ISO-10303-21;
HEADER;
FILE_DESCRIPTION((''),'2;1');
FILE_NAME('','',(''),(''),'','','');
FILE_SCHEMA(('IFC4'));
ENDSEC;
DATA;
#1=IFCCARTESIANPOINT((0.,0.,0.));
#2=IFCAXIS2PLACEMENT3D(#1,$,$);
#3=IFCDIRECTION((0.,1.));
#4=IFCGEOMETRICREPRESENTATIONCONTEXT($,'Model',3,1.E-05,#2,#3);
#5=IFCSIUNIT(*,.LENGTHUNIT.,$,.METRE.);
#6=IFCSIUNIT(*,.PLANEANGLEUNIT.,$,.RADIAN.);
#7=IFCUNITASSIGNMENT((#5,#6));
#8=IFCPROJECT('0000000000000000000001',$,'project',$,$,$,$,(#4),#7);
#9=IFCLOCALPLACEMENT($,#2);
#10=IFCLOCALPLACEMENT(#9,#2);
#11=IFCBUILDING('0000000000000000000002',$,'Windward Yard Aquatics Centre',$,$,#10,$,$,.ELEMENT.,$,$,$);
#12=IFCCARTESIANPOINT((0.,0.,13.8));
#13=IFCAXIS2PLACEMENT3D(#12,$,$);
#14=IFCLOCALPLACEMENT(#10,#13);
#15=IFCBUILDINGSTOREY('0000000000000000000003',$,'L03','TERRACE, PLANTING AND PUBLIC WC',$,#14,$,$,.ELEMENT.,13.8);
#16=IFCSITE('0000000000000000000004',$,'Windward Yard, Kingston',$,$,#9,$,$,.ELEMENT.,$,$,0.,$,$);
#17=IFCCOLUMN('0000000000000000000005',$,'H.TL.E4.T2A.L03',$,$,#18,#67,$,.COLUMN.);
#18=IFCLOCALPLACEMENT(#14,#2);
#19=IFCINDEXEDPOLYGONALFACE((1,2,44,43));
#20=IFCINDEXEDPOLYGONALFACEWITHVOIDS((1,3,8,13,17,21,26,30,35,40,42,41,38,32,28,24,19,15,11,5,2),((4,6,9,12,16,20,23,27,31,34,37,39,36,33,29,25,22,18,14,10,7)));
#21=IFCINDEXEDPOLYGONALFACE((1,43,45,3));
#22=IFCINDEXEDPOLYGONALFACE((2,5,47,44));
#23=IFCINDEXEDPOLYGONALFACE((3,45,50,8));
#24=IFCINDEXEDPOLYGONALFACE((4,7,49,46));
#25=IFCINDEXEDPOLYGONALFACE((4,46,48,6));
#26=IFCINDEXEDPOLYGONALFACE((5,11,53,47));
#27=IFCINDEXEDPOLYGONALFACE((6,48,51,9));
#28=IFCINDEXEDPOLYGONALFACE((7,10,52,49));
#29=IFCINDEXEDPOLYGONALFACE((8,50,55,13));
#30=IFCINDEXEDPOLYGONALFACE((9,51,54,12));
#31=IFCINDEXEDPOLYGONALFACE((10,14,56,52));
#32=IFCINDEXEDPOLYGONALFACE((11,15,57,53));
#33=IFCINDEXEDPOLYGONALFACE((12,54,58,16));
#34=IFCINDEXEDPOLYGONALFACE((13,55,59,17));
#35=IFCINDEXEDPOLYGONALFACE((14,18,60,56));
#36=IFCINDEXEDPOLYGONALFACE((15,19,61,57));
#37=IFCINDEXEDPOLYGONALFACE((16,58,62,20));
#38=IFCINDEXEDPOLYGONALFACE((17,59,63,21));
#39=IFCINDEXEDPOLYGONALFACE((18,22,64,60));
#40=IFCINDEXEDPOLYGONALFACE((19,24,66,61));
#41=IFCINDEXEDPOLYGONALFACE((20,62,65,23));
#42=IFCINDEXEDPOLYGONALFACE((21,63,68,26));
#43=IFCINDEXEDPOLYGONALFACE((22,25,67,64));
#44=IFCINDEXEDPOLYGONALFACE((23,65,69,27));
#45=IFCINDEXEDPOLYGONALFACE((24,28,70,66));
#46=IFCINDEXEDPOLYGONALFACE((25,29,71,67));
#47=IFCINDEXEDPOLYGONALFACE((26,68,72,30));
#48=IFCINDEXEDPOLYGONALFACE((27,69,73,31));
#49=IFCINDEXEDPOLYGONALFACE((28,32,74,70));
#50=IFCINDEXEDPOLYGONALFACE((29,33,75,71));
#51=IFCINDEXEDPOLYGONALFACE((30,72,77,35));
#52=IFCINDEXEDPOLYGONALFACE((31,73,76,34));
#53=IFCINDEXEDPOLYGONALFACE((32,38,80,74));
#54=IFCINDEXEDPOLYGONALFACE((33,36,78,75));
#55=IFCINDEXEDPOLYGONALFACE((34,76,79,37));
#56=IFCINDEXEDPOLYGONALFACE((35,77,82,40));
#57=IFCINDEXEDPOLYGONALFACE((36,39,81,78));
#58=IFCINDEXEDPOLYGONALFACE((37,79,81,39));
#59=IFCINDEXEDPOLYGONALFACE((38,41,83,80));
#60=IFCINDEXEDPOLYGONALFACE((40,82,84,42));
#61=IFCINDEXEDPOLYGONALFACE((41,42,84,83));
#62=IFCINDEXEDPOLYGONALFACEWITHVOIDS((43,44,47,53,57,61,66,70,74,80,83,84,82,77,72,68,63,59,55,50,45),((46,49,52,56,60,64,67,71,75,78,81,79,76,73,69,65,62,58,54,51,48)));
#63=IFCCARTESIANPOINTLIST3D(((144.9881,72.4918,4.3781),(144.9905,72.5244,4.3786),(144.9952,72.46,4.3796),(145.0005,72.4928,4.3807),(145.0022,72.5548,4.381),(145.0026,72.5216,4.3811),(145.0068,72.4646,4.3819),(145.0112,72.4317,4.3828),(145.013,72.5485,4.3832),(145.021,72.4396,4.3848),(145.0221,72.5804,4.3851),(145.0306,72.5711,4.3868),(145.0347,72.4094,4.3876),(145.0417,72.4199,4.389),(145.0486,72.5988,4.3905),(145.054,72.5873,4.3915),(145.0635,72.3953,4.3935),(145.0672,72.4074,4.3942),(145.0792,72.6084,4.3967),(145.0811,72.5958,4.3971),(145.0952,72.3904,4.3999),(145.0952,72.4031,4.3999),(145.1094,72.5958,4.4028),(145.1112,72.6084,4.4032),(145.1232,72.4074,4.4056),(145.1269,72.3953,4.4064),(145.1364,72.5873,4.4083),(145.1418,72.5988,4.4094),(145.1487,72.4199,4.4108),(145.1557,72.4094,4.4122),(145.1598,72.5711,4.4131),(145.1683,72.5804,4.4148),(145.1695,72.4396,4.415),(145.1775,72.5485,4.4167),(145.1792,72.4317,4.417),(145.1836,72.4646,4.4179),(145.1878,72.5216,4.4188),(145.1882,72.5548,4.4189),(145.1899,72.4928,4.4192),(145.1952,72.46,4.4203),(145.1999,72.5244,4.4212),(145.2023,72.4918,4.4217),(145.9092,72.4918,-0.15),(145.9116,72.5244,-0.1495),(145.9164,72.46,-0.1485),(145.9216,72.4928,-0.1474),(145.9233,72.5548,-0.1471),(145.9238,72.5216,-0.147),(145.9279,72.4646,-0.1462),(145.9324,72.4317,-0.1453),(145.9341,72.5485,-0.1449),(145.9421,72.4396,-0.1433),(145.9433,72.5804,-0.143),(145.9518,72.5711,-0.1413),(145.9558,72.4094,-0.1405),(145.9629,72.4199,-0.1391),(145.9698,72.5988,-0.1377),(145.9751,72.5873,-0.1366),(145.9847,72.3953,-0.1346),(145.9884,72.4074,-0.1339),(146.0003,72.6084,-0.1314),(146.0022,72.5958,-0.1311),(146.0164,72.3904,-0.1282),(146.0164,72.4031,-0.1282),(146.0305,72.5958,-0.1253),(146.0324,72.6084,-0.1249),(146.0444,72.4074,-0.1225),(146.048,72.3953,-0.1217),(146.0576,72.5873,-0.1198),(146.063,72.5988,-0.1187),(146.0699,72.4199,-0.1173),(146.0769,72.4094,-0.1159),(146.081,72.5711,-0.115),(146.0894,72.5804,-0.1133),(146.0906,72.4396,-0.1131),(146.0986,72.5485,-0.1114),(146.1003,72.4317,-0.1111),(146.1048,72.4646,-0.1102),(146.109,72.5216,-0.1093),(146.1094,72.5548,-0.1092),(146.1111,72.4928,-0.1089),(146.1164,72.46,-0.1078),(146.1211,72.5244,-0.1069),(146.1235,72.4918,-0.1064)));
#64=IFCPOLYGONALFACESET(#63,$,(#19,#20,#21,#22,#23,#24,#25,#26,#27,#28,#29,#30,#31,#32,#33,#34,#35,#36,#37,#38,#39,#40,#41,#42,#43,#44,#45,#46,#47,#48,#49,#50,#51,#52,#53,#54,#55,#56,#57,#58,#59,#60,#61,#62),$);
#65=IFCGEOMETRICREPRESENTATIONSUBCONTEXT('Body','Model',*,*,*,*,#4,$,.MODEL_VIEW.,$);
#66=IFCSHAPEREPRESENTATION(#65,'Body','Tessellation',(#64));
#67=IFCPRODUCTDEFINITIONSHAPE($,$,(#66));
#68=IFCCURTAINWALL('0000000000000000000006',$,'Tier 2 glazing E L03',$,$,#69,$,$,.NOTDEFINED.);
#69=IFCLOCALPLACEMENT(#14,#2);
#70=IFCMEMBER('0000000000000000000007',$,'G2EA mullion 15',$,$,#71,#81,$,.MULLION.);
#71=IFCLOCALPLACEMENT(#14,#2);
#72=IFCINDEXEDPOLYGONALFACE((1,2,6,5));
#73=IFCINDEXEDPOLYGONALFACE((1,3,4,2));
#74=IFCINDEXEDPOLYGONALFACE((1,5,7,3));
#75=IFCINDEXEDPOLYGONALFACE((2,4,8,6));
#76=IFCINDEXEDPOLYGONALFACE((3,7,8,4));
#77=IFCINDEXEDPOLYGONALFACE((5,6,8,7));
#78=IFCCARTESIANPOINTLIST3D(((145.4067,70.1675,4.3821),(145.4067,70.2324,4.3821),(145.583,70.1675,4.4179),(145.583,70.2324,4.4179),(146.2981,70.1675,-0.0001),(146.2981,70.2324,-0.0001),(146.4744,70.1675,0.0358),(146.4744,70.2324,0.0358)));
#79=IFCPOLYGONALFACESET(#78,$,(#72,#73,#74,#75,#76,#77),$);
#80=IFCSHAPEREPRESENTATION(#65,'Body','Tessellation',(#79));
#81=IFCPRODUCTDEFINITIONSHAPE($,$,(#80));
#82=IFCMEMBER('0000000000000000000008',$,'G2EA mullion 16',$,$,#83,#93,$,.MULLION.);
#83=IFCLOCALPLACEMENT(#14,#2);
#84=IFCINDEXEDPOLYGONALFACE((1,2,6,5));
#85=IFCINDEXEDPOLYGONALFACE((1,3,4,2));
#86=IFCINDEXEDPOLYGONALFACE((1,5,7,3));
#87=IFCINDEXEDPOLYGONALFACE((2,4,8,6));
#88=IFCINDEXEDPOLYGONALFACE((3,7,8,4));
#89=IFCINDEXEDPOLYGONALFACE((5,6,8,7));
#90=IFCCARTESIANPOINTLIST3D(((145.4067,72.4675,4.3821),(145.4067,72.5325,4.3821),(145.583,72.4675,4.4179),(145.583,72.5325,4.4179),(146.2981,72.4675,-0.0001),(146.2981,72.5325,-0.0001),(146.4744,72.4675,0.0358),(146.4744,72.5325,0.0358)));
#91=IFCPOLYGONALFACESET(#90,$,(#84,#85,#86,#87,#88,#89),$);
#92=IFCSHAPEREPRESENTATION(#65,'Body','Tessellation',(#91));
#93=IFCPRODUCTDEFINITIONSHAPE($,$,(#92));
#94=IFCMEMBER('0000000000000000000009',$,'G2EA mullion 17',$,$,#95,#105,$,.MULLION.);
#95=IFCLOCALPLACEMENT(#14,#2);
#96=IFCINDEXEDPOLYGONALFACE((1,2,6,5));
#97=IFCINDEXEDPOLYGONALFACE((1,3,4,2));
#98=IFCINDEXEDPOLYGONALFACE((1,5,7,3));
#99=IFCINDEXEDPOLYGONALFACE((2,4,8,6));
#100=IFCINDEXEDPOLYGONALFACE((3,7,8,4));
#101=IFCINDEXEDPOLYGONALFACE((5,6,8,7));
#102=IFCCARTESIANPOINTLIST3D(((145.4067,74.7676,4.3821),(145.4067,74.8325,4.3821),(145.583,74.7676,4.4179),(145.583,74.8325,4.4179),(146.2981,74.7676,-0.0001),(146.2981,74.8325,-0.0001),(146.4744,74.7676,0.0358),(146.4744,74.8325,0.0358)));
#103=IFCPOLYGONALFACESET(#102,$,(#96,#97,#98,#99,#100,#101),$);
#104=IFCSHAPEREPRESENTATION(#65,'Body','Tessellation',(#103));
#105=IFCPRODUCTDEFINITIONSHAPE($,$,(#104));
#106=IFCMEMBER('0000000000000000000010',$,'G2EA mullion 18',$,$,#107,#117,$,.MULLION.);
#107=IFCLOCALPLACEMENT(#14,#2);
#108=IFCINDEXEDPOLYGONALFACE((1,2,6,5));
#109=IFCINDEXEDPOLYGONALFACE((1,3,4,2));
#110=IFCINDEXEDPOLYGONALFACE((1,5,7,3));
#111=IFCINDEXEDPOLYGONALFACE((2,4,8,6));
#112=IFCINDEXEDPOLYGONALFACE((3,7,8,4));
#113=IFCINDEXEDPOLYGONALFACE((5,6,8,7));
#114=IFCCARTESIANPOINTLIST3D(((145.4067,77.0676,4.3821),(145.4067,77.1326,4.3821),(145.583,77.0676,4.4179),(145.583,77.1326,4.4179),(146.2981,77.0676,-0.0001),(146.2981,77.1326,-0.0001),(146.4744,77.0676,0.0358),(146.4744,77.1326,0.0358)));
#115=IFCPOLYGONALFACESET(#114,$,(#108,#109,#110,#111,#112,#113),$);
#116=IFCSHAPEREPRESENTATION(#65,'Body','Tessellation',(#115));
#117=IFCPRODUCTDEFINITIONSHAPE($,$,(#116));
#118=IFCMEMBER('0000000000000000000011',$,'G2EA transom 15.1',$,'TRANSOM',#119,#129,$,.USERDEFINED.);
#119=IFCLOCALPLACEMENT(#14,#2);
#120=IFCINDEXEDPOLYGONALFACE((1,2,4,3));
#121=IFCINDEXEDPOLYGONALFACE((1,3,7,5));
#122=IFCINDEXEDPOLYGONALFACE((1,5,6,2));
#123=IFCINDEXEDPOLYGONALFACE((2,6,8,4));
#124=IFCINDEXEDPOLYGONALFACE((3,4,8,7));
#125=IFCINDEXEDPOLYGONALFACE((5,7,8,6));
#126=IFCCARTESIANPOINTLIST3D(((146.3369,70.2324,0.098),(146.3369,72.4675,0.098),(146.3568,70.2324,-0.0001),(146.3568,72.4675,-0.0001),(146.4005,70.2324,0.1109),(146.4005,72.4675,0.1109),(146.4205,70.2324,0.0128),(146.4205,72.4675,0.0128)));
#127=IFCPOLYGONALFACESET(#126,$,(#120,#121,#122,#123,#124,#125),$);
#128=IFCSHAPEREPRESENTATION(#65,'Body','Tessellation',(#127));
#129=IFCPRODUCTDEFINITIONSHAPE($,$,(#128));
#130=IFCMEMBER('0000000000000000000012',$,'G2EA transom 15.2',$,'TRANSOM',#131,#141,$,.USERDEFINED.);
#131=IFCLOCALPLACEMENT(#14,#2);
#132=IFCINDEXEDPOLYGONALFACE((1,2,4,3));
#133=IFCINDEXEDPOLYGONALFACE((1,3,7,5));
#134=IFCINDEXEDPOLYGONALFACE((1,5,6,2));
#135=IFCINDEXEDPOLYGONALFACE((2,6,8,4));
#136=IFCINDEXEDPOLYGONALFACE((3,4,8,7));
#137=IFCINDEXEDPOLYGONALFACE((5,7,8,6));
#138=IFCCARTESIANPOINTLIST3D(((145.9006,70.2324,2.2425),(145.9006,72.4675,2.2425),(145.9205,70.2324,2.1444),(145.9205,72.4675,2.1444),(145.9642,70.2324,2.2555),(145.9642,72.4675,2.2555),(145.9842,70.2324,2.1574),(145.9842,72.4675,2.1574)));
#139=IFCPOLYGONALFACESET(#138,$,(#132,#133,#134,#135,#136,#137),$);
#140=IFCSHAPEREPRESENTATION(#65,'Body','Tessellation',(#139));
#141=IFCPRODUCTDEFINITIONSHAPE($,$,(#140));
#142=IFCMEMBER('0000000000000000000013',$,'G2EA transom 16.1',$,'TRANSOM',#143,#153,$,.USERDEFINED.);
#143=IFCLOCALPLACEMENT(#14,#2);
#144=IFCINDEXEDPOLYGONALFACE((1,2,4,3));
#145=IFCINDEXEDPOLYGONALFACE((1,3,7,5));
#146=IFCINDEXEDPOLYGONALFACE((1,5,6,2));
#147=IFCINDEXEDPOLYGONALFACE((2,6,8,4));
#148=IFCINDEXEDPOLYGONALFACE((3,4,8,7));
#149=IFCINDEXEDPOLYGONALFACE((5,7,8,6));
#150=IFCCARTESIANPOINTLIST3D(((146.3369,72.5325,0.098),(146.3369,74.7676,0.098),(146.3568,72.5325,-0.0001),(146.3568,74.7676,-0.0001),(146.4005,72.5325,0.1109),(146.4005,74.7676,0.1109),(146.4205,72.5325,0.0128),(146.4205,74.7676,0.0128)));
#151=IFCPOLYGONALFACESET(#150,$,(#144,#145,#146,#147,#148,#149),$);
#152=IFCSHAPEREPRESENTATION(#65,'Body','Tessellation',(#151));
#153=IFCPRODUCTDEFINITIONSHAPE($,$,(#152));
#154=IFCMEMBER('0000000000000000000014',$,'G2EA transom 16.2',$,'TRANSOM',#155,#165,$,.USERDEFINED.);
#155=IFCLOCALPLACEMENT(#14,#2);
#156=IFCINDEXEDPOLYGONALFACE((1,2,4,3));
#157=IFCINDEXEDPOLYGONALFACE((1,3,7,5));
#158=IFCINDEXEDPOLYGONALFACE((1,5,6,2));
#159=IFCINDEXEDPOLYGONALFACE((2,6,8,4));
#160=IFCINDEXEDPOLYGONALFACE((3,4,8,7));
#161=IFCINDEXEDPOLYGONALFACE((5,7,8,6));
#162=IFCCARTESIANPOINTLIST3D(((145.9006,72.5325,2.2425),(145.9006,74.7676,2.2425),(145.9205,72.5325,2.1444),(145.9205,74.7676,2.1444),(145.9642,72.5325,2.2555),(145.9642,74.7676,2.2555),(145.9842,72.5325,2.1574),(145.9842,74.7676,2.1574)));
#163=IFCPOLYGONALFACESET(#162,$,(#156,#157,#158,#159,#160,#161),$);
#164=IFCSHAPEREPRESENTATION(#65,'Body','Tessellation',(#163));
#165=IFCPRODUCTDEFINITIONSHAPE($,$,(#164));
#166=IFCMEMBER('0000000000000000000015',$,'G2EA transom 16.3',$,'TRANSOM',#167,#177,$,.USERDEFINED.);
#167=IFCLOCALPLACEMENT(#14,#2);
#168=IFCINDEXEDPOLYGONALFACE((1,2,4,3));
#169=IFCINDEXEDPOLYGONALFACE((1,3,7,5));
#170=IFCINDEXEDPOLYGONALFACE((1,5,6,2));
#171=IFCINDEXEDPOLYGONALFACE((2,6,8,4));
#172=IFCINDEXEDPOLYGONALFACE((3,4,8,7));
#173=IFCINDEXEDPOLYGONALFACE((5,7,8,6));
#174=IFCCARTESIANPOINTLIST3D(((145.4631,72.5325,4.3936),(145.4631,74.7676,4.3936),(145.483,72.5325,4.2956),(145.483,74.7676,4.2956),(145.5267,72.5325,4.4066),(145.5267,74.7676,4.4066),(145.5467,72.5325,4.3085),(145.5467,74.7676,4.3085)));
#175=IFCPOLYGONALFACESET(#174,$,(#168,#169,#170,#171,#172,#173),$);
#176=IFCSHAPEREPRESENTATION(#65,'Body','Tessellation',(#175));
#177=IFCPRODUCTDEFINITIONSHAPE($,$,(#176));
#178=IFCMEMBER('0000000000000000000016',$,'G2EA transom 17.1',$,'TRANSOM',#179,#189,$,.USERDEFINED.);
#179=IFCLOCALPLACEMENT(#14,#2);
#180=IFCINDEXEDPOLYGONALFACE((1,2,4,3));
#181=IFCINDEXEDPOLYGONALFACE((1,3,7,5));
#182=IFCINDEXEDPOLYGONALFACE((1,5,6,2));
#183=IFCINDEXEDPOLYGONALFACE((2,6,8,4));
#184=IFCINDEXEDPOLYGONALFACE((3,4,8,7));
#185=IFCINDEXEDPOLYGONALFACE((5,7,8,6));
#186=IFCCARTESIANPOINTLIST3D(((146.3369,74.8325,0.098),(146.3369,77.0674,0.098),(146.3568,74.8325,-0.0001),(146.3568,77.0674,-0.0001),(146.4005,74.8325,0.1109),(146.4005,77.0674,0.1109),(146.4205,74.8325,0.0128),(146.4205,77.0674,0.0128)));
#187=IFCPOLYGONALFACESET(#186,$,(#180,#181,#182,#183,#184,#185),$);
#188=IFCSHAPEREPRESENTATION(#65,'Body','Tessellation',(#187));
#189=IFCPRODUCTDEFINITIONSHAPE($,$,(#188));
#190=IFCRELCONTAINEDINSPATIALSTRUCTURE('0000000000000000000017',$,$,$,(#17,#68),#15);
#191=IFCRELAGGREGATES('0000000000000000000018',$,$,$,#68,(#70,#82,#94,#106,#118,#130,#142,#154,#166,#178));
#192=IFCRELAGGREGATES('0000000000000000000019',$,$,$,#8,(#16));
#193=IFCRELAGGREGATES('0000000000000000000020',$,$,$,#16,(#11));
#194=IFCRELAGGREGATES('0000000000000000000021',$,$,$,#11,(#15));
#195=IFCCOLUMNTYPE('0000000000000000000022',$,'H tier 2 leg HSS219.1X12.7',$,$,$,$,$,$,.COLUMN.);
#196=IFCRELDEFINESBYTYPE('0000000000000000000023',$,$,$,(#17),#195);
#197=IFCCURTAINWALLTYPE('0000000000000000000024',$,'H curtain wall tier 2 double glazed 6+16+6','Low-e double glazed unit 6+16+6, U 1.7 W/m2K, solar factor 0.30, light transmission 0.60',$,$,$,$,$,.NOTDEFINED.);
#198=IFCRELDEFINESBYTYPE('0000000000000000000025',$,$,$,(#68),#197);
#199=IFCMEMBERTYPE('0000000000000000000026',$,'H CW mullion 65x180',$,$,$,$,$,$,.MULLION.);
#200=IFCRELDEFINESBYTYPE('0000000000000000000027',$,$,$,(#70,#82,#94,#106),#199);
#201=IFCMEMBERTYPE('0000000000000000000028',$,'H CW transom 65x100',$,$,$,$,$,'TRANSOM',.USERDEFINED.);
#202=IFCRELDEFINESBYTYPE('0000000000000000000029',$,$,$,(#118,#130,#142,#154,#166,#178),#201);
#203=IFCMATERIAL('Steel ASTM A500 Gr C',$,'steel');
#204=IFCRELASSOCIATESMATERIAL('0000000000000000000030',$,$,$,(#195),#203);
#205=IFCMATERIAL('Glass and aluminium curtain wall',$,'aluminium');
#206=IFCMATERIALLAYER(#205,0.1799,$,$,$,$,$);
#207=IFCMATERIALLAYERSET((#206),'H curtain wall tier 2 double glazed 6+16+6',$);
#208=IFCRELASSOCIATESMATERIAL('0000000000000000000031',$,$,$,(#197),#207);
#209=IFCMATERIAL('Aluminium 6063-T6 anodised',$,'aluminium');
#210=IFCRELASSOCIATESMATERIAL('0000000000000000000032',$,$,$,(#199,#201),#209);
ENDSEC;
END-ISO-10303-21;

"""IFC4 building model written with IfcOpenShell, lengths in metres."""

from ifc_helpers import new_model, si_unit, direction, frame, origin, origin_2d, place, context, subcontext, project, spatial, rectangle, hollow_circle, extrude, material, layer, layer_set, material_profile, profile_set, type_object, element, aggregate, save


model = new_model("IFC4")

# Units and contexts
model_context = context("Model", 3, precision=1e-05, world=origin(), true_north=direction((0.0, 1.0)))
body_context = subcontext(model_context, "Body", "Model", "MODEL_VIEW")
ifc_project = project(units=[si_unit("LENGTHUNIT", "METRE"), si_unit("PLANEANGLEUNIT", "RADIAN")], contexts=[model_context])

# Site, building, storey
site_placement = place(None, origin())
site = spatial("IfcSite", under=ifc_project, at=site_placement, Name="Windward Yard, Kingston", CompositionType="ELEMENT", RefElevation=0.0)
building_placement = place(site_placement, origin())
building = spatial("IfcBuilding", under=site, at=building_placement, Name="Windward Yard Aquatics Centre", CompositionType="ELEMENT")
storey_placement = place(building_placement, frame((0.0, 0.0, 13.8)))
storey = spatial("IfcBuildingStorey", under=building, at=storey_placement, Name="L03", Description="TERRACE, PLANTING AND PUBLIC WC", CompositionType="ELEMENT", Elevation=13.8)

# Column
ifc_material_1 = material(Name="Steel ASTM A500 Gr C", Category="steel")
ifc_material_profile_1 = material_profile(ifc_material_1, hollow_circle(Radius=0.1096, WallThickness=0.0127, at=origin_2d()), Name="HSS219.1X12.7")
ifc_profile_set_1 = profile_set([ifc_material_profile_1], Name="Steel ASTM A500 Gr C")
column_type = type_object("IfcColumnType", Name="H tier 2 leg HSS219.1X12.7", PredefinedType="COLUMN", material=ifc_profile_set_1)
column_placement = place(storey_placement, frame((146.0164, 72.5, -0.1282), z_axis=(-0.199346, 0.0, 0.979929), x_axis=(0.0, -1.0, 0.0)))
element("IfcColumn", 1, at=column_placement, inside=storey, type_object=column_type, Name="H.TL.E4.T2A.L03", PredefinedType="COLUMN", context=body_context, shape_type="SweptSolid", body=[
    extrude(hollow_circle(Radius=0.1096, WallThickness=0.0127, at=origin_2d()), origin(), (0.0, 0.0, 1.0), 4.6208),
])

# Curtain wall, members
ifc_material_2 = material(Name="Glass and aluminium curtain wall", Category="aluminium")
ifc_layer_1 = layer(ifc_material_2, 0.1799)
ifc_layer_set_1 = layer_set([ifc_layer_1], Name="H curtain wall tier 2 double glazed 6+16+6")
curtain_wall_type = type_object("IfcCurtainWallType", Name="H curtain wall tier 2 double glazed 6+16+6", Description="Low-e double glazed unit 6+16+6, U 1.7 W/m2K, solar factor 0.30, light transmission 0.60", PredefinedType="NOTDEFINED", material=ifc_layer_set_1)
curtain_wall_placement = place(storey_placement, origin())
curtain_wall = element("IfcCurtainWall", 2, at=curtain_wall_placement, inside=storey, type_object=curtain_wall_type, Name="Tier 2 glazing E L03", PredefinedType="NOTDEFINED")
ifc_material_3 = material(Name="Aluminium 6063-T6 anodised", Category="aluminium")
ifc_material_profile_2 = material_profile(ifc_material_3, rectangle(XDim=0.0649, YDim=0.1799, at=origin_2d()), Name="H CW mullion 65x180")
ifc_profile_set_2 = profile_set([ifc_material_profile_2], Name="Aluminium 6063-T6 anodised")
member_type_1 = type_object("IfcMemberType", Name="H CW mullion 65x180", PredefinedType="MULLION", material=ifc_profile_set_2)
member_1_placement = place(storey_placement, frame((146.3862, 70.2, 0.0178), z_axis=(-0.199328, 0.0, 0.979933), x_axis=(0.0, -1.0, 0.0)))
member_1 = element("IfcMember", 3, at=member_1_placement, type_object=member_type_1, Name="G2EA mullion 15", PredefinedType="MULLION", context=body_context, shape_type="SweptSolid", body=[
    extrude(rectangle(XDim=0.0649, YDim=0.1799, at=origin_2d()), origin(), (0.0, 0.0, 1.0), 4.4719),
])
member_2_placement = place(storey_placement, frame((146.3862, 72.5, 0.0178), z_axis=(-0.199328, 0.0, 0.979933), x_axis=(0.0, -1.0, 0.0)))
member_2 = element("IfcMember", 4, at=member_2_placement, type_object=member_type_1, Name="G2EA mullion 16", PredefinedType="MULLION", context=body_context, shape_type="SweptSolid", body=[
    extrude(rectangle(XDim=0.0649, YDim=0.1799, at=origin_2d()), origin(), (0.0, 0.0, 1.0), 4.4719),
])
member_3_placement = place(storey_placement, frame((146.3862, 74.8, 0.0178), z_axis=(-0.199328, 0.0, 0.979933), x_axis=(0.0, -1.0, 0.0)))
member_3 = element("IfcMember", 5, at=member_3_placement, type_object=member_type_1, Name="G2EA mullion 17", PredefinedType="MULLION", context=body_context, shape_type="SweptSolid", body=[
    extrude(rectangle(XDim=0.0649, YDim=0.1799, at=origin_2d()), origin(), (0.0, 0.0, 1.0), 4.4719),
])
member_4_placement = place(storey_placement, frame((146.3862, 77.1001, 0.0178), z_axis=(-0.199328, 0.0, 0.979933), x_axis=(0.0, -1.0, 0.0)))
member_4 = element("IfcMember", 6, at=member_4_placement, type_object=member_type_1, Name="G2EA mullion 18", PredefinedType="MULLION", context=body_context, shape_type="SweptSolid", body=[
    extrude(rectangle(XDim=0.0649, YDim=0.1799, at=origin_2d()), origin(), (0.0, 0.0, 1.0), 4.4719),
])
ifc_material_profile_3 = material_profile(ifc_material_3, rectangle(XDim=0.0649, YDim=0.1001, at=origin_2d()), Name="H CW transom 65x100")
ifc_profile_set_3 = profile_set([ifc_material_profile_3], Name="Aluminium 6063-T6 anodised")
member_type_2 = type_object("IfcMemberType", Name="H CW transom 65x100", ElementType="TRANSOM", PredefinedType="USERDEFINED", material=ifc_profile_set_3)
member_5_placement = place(storey_placement, frame((146.3787, 70.2324, 0.0554), z_axis=(0.0, 1.0, 0.0), x_axis=(0.979925, 0.0, 0.199368)))
member_5 = element("IfcMember", 7, at=member_5_placement, type_object=member_type_2, Name="G2EA transom 15.1", ObjectType="TRANSOM", PredefinedType="USERDEFINED", context=body_context, shape_type="SweptSolid", body=[
    extrude(rectangle(XDim=0.0649, YDim=0.1001, at=origin_2d()), origin(), (0.0, 0.0, 1.0), 2.2351),
])
member_6_placement = place(storey_placement, frame((145.9424, 70.2324, 2.2), z_axis=(0.0, 1.0, 0.0), x_axis=(0.979925, 0.0, 0.199368)))
member_6 = element("IfcMember", 8, at=member_6_placement, type_object=member_type_2, Name="G2EA transom 15.2", ObjectType="TRANSOM", PredefinedType="USERDEFINED", context=body_context, shape_type="SweptSolid", body=[
    extrude(rectangle(XDim=0.0649, YDim=0.1001, at=origin_2d()), origin(), (0.0, 0.0, 1.0), 2.2351),
])
member_7_placement = place(storey_placement, frame((146.3787, 72.5325, 0.0554), z_axis=(0.0, 1.0, 0.0), x_axis=(0.979925, 0.0, 0.199368)))
member_7 = element("IfcMember", 9, at=member_7_placement, type_object=member_type_2, Name="G2EA transom 16.1", ObjectType="TRANSOM", PredefinedType="USERDEFINED", context=body_context, shape_type="SweptSolid", body=[
    extrude(rectangle(XDim=0.0649, YDim=0.1001, at=origin_2d()), origin(), (0.0, 0.0, 1.0), 2.2351),
])
member_8_placement = place(storey_placement, frame((145.9424, 72.5325, 2.2), z_axis=(0.0, 1.0, 0.0), x_axis=(0.979925, 0.0, 0.199368)))
member_8 = element("IfcMember", 10, at=member_8_placement, type_object=member_type_2, Name="G2EA transom 16.2", ObjectType="TRANSOM", PredefinedType="USERDEFINED", context=body_context, shape_type="SweptSolid", body=[
    extrude(rectangle(XDim=0.0649, YDim=0.1001, at=origin_2d()), origin(), (0.0, 0.0, 1.0), 2.2351),
])
member_9_placement = place(storey_placement, frame((145.5049, 72.5325, 4.3511), z_axis=(0.0, 1.0, 0.0), x_axis=(0.979925, 0.0, 0.199368)))
member_9 = element("IfcMember", 11, at=member_9_placement, type_object=member_type_2, Name="G2EA transom 16.3", ObjectType="TRANSOM", PredefinedType="USERDEFINED", context=body_context, shape_type="SweptSolid", body=[
    extrude(rectangle(XDim=0.0649, YDim=0.1001, at=origin_2d()), origin(), (0.0, 0.0, 1.0), 2.2351),
])
member_10_placement = place(storey_placement, frame((146.3787, 74.8325, 0.0554), z_axis=(0.0, 1.0, 0.0), x_axis=(0.979925, 0.0, 0.199368)))
member_10 = element("IfcMember", 12, at=member_10_placement, type_object=member_type_2, Name="G2EA transom 17.1", ObjectType="TRANSOM", PredefinedType="USERDEFINED", context=body_context, shape_type="SweptSolid", body=[
    extrude(rectangle(XDim=0.0649, YDim=0.1001, at=origin_2d()), origin(), (0.0, 0.0, 1.0), 2.2349),
])

aggregate(curtain_wall, [member_1, member_2, member_3, member_4, member_5, member_6, member_7, member_8, member_9, member_10])

save(model, "model.ifc")
